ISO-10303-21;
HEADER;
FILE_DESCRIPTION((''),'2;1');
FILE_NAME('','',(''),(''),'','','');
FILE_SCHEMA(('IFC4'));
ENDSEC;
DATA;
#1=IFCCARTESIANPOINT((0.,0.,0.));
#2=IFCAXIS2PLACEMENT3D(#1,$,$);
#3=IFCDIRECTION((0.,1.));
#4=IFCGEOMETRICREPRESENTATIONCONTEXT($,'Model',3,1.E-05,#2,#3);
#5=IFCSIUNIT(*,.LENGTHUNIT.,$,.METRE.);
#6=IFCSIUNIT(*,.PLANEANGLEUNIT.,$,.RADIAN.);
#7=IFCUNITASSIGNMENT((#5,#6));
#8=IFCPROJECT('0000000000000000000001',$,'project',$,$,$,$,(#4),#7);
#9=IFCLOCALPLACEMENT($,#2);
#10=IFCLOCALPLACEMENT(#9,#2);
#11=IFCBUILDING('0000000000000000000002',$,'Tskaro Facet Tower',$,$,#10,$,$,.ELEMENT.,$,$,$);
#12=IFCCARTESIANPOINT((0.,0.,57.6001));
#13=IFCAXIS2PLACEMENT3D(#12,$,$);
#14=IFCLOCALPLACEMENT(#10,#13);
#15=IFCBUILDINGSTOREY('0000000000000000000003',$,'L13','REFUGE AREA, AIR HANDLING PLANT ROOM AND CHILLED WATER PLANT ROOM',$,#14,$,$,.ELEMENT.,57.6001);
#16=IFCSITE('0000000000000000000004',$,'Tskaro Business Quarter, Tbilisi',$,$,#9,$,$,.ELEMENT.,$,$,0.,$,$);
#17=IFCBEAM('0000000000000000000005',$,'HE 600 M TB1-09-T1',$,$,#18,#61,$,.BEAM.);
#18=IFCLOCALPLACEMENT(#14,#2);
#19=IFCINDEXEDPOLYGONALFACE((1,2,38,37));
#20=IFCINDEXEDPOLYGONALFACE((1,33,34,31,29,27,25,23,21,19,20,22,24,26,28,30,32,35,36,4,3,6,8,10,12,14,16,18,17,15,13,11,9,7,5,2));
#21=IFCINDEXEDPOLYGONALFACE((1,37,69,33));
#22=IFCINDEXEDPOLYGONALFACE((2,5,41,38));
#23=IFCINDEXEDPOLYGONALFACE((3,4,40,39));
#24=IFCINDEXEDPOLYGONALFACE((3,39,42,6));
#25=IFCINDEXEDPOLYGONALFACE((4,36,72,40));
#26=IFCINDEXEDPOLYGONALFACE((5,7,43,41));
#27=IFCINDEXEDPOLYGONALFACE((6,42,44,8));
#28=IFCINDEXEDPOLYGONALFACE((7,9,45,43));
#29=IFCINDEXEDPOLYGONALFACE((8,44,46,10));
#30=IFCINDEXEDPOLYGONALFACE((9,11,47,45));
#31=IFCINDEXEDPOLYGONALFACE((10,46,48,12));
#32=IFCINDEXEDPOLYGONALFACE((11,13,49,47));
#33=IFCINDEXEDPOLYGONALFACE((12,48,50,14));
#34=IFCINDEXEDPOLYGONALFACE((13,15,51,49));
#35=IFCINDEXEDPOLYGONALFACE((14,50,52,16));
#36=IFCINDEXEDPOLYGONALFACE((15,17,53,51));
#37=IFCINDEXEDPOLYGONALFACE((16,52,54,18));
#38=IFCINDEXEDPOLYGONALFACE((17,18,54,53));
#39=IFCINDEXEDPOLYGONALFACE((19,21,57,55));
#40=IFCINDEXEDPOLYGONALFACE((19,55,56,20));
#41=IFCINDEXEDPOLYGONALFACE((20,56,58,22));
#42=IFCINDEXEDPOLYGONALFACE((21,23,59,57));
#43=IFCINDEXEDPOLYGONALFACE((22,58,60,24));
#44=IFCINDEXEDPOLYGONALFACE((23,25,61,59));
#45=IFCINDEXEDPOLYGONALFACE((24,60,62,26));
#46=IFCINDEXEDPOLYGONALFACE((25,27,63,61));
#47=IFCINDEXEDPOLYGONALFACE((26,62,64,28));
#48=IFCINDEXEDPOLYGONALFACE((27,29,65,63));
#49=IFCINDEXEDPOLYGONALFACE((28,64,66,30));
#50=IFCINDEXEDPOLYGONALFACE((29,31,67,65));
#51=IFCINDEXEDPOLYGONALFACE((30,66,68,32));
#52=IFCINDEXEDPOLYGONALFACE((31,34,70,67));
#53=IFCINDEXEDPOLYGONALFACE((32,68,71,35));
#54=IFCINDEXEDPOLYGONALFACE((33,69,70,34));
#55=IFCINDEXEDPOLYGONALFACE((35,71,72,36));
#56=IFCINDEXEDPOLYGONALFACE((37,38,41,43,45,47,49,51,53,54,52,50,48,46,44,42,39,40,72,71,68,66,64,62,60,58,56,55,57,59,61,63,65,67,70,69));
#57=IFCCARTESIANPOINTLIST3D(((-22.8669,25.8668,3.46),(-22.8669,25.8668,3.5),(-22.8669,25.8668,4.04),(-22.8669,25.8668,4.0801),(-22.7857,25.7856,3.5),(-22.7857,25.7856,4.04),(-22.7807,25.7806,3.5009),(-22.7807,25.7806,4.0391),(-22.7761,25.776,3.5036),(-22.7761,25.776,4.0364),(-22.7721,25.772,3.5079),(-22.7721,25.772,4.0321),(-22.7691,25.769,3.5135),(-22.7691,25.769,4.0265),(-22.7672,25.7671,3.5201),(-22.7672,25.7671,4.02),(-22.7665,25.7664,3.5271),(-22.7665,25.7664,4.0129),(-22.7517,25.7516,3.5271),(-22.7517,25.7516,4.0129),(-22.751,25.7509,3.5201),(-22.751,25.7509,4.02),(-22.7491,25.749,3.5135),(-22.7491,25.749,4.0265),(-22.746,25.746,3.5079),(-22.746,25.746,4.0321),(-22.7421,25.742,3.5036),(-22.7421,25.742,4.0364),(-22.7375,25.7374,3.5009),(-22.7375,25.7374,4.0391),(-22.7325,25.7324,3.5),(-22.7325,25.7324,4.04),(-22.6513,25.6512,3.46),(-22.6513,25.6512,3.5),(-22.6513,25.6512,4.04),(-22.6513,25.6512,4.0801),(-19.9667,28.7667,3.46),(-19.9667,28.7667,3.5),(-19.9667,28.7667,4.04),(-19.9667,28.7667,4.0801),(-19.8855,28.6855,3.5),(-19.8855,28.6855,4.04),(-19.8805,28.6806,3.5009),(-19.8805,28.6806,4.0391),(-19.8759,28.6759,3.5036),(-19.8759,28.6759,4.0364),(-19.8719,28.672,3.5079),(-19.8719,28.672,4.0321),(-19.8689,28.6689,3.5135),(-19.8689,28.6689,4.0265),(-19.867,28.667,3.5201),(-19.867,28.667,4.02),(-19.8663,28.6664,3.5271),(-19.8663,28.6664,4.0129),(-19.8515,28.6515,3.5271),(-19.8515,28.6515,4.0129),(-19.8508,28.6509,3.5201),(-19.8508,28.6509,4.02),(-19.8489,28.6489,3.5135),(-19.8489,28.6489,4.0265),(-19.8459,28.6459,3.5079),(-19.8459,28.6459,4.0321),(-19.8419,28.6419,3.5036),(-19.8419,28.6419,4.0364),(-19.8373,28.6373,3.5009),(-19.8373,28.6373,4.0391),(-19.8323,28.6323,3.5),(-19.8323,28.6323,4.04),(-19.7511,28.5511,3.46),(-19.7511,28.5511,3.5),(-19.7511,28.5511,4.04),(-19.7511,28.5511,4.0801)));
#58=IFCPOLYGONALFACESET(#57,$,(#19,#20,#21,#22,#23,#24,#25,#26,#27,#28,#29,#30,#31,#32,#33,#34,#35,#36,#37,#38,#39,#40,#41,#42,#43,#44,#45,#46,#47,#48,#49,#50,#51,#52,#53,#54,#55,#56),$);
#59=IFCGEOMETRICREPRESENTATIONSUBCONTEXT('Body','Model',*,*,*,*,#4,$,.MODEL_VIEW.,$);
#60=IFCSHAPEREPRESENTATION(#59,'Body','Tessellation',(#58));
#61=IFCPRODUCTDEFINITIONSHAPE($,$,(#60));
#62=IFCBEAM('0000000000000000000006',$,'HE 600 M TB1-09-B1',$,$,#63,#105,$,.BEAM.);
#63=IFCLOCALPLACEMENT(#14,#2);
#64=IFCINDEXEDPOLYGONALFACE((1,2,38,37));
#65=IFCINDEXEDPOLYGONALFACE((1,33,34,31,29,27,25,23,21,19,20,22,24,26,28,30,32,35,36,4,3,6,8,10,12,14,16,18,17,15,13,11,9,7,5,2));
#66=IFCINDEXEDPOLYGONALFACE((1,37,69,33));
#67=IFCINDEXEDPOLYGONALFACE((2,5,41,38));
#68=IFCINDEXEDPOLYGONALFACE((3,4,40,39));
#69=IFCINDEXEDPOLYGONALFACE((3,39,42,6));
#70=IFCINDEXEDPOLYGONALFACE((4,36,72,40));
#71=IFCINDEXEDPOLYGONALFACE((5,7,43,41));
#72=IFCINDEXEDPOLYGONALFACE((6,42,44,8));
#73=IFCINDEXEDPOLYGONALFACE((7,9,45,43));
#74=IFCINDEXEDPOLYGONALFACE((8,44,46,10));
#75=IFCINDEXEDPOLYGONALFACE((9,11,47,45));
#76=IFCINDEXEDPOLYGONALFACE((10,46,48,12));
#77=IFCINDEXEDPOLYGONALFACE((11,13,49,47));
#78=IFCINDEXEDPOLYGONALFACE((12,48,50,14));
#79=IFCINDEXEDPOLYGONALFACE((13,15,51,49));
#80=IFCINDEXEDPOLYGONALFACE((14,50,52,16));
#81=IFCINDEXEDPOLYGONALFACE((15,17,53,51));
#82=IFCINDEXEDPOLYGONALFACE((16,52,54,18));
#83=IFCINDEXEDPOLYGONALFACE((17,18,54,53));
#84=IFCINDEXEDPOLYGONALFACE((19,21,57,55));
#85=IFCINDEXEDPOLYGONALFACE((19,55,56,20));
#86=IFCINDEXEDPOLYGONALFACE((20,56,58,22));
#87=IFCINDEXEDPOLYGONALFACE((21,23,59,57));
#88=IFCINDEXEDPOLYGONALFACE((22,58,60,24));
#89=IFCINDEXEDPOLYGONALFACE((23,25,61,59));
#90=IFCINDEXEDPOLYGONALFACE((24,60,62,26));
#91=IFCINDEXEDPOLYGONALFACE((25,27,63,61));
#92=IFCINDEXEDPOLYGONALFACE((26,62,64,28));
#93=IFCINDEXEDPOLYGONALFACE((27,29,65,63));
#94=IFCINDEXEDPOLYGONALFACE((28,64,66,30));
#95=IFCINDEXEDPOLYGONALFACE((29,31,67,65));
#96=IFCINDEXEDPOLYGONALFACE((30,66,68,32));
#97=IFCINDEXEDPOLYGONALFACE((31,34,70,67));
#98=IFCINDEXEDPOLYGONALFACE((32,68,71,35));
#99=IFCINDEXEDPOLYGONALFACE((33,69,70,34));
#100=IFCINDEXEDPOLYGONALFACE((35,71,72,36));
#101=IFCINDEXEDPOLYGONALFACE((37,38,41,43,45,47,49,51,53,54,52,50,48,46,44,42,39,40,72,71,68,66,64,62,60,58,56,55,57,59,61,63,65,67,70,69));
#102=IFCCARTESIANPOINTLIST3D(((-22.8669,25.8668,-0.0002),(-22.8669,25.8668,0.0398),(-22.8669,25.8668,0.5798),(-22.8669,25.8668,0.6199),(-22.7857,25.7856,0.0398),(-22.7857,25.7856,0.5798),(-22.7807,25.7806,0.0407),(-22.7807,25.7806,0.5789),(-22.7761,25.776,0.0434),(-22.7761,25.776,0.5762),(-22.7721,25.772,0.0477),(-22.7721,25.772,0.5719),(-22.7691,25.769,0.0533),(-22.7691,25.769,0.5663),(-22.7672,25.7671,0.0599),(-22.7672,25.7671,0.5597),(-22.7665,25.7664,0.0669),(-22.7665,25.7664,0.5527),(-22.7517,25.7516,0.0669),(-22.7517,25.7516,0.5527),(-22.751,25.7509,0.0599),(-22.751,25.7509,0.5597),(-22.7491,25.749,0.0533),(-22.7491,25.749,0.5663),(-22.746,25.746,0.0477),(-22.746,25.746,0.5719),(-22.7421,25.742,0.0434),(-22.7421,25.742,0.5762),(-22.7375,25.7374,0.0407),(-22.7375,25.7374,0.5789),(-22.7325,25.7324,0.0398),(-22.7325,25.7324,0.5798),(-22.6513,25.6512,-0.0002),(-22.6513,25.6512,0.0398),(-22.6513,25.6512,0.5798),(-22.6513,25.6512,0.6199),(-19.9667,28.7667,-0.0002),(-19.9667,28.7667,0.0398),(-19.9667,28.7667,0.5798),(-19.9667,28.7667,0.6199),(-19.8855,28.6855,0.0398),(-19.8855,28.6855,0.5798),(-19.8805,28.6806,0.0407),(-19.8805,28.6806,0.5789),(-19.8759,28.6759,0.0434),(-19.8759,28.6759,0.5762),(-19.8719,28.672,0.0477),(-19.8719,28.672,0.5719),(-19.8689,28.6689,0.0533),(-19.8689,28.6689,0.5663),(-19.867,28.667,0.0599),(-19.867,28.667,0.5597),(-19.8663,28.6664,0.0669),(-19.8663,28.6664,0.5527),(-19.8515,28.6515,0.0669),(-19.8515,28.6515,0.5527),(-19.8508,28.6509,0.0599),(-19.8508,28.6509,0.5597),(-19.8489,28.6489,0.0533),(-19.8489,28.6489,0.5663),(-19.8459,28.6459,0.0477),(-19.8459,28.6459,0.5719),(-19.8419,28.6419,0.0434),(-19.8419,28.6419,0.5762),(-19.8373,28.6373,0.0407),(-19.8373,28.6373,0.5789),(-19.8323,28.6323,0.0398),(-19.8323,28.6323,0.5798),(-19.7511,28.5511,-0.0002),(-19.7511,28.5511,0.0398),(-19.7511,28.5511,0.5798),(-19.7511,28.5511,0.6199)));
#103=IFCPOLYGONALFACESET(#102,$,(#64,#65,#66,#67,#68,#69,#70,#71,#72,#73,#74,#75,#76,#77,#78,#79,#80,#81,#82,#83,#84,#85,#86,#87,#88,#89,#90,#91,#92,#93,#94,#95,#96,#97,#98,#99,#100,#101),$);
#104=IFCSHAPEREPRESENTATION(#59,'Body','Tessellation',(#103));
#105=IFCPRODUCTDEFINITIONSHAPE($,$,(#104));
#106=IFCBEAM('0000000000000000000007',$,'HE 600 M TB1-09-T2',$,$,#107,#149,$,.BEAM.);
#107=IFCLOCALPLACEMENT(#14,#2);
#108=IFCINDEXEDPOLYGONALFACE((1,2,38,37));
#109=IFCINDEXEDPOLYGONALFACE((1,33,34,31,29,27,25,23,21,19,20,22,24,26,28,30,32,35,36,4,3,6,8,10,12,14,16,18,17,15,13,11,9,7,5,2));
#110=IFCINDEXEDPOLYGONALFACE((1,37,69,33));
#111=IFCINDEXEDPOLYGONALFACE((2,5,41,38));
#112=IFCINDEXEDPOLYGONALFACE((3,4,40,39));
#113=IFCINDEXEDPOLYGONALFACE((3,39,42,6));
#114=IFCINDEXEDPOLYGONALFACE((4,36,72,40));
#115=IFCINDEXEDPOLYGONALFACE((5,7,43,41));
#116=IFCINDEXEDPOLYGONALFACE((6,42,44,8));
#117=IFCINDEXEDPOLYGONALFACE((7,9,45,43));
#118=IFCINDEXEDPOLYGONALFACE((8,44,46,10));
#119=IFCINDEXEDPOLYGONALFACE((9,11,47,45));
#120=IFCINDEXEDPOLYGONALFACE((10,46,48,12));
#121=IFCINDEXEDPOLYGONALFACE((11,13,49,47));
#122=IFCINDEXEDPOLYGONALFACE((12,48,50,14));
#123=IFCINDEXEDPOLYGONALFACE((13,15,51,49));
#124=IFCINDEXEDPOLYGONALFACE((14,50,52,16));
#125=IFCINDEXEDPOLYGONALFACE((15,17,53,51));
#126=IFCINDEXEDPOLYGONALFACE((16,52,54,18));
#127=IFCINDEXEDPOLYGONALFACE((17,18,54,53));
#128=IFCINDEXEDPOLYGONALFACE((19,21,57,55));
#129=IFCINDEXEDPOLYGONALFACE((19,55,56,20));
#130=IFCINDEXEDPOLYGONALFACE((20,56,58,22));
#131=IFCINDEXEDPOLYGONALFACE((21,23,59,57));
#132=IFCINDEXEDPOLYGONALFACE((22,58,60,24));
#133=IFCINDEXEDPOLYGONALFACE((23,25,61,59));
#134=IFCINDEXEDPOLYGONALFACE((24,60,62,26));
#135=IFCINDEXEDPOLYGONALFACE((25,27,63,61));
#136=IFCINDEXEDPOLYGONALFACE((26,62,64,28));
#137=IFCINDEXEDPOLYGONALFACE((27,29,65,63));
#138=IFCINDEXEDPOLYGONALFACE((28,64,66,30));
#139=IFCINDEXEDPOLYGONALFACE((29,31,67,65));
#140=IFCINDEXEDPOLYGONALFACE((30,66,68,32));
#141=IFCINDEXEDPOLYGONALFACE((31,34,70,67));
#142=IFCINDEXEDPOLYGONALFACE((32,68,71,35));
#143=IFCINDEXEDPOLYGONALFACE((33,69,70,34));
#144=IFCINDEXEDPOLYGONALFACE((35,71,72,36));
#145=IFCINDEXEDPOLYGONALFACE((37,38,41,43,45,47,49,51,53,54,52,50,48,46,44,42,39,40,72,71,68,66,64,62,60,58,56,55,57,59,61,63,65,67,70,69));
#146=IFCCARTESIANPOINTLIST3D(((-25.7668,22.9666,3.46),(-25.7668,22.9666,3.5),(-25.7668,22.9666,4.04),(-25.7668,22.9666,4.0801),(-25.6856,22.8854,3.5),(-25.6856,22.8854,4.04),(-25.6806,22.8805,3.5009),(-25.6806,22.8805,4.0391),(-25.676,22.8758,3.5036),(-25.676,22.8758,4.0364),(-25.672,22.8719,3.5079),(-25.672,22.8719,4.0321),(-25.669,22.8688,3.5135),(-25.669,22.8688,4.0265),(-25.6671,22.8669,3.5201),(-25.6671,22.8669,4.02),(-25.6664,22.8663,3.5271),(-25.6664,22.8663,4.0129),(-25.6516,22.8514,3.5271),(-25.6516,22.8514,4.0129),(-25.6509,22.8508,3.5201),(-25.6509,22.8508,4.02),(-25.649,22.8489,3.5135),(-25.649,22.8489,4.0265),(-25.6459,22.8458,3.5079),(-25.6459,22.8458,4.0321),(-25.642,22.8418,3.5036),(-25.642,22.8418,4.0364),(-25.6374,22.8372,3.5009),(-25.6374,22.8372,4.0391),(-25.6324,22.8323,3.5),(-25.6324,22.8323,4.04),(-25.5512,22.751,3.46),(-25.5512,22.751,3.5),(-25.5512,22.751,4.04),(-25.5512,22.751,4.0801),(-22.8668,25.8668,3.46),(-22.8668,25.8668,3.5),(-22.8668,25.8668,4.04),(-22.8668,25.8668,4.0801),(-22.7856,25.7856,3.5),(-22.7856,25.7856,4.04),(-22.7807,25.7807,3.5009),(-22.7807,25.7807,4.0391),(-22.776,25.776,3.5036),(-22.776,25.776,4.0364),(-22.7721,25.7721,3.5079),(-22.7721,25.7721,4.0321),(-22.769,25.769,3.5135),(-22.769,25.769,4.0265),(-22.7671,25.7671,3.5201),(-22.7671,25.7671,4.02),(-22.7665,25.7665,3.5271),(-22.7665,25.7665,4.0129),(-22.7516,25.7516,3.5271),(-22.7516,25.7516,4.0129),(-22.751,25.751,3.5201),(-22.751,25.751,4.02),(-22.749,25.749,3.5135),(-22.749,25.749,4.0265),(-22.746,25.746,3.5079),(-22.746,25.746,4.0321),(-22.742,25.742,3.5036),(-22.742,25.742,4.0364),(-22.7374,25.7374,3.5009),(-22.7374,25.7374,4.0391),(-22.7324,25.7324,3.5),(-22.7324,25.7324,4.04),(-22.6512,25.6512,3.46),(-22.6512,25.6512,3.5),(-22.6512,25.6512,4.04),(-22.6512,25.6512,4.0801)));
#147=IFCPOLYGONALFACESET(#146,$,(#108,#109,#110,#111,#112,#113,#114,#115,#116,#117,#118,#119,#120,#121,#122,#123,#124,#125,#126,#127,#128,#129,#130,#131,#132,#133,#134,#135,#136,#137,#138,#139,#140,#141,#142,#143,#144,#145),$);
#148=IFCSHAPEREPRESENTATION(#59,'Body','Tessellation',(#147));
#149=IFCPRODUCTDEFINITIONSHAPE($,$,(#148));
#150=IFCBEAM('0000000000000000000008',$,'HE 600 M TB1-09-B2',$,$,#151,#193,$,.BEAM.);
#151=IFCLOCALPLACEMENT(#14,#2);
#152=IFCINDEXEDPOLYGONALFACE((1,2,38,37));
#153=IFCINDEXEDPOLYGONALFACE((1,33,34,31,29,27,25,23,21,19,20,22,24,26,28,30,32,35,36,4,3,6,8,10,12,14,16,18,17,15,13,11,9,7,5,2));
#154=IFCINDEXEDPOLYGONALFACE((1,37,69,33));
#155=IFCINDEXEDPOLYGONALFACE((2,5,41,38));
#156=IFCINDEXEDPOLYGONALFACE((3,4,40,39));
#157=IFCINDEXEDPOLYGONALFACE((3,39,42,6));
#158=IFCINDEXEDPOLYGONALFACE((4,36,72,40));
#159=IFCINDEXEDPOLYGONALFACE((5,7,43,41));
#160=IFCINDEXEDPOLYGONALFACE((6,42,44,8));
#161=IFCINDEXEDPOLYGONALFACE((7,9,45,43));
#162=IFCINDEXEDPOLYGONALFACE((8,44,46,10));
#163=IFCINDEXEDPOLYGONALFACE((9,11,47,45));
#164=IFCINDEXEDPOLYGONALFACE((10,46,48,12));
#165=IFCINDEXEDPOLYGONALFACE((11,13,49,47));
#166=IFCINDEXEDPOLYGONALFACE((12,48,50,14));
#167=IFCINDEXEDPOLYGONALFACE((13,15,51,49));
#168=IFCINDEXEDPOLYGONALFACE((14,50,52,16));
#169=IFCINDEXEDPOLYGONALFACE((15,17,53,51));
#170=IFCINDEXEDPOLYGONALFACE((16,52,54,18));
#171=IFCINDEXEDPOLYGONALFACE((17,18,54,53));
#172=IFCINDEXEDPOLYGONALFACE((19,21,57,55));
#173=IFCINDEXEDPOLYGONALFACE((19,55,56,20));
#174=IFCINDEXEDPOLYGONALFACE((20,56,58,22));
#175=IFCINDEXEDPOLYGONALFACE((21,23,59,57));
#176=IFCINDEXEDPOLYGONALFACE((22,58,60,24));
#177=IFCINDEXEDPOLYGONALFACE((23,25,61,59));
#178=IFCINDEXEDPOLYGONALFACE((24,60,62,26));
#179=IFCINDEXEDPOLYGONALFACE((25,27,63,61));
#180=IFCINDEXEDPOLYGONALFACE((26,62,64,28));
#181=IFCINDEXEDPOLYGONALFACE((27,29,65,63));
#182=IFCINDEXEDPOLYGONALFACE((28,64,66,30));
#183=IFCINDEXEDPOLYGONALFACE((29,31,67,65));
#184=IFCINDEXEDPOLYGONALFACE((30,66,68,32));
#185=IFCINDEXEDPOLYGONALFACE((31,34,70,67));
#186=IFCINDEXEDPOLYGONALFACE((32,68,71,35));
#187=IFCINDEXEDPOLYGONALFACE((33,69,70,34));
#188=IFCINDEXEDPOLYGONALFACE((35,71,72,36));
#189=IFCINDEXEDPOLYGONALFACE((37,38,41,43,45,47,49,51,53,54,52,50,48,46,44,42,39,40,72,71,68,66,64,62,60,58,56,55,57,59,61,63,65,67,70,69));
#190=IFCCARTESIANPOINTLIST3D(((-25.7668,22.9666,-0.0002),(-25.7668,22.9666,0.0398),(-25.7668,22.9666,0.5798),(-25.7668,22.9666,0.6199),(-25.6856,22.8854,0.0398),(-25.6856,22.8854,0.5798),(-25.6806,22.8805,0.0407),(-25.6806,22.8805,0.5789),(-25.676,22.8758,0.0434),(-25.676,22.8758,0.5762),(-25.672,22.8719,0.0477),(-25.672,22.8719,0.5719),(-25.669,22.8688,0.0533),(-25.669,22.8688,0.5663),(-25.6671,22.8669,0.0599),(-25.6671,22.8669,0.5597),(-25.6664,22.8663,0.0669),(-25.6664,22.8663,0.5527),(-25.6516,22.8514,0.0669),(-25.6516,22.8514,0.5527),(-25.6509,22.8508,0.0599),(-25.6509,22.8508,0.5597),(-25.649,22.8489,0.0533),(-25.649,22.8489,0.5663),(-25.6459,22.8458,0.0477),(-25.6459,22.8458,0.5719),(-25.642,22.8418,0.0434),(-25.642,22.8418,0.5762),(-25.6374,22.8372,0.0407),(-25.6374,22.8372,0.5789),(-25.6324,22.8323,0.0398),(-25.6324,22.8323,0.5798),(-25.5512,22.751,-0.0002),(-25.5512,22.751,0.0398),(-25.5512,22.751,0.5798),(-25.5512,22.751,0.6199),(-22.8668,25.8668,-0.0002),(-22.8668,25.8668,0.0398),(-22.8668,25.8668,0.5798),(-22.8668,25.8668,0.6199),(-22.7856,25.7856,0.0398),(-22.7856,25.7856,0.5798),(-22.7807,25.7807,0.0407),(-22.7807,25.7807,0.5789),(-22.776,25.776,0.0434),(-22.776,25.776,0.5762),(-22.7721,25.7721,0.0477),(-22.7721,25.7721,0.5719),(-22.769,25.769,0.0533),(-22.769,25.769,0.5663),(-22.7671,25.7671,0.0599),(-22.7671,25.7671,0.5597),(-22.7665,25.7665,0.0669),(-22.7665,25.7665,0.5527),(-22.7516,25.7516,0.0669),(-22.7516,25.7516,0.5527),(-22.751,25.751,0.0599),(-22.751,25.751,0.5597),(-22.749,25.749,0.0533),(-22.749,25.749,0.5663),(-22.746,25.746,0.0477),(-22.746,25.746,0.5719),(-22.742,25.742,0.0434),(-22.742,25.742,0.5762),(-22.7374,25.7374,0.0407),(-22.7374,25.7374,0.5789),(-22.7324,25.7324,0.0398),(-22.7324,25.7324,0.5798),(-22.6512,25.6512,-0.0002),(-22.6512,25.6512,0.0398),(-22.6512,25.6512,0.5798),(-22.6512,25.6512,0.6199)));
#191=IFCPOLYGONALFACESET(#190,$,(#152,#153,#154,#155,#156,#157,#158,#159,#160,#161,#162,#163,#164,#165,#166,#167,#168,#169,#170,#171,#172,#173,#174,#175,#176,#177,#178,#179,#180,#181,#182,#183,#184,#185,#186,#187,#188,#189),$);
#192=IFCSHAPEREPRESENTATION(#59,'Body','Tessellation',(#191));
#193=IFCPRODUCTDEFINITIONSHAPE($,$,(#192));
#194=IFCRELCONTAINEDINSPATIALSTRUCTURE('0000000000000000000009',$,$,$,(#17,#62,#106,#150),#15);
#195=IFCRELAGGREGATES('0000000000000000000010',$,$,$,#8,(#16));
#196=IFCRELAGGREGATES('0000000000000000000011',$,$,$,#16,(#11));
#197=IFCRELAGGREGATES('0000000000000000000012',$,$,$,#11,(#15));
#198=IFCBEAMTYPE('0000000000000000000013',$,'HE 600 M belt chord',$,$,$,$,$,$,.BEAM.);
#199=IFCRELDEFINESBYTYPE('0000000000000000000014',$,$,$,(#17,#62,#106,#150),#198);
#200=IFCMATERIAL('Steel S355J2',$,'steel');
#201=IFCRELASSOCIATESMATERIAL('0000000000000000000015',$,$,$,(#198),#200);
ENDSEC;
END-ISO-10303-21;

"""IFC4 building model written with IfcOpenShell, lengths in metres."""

from ifc_helpers import new_model, si_unit, direction, frame, origin, origin_2d, place, context, subcontext, project, spatial, i_section, extrude, material, material_profile, profile_set, type_object, element, save


model = new_model("IFC4")

# Units and contexts
model_context = context("Model", 3, precision=1e-05, world=origin(), true_north=direction((0.0, 1.0)))
body_context = subcontext(model_context, "Body", "Model", "MODEL_VIEW")
ifc_project = project(units=[si_unit("LENGTHUNIT", "METRE"), si_unit("PLANEANGLEUNIT", "RADIAN")], contexts=[model_context])

# Site, building, storey
site_placement = place(None, origin())
site = spatial("IfcSite", under=ifc_project, at=site_placement, Name="Tskaro Business Quarter, Tbilisi", CompositionType="ELEMENT", RefElevation=0.0)
building_placement = place(site_placement, origin())
building = spatial("IfcBuilding", under=site, at=building_placement, Name="Tskaro Facet Tower", CompositionType="ELEMENT")
storey_placement = place(building_placement, frame((0.0, 0.0, 57.6001)))
storey = spatial("IfcBuildingStorey", under=building, at=storey_placement, Name="L13", Description="REFUGE AREA, AIR HANDLING PLANT ROOM AND CHILLED WATER PLANT ROOM", CompositionType="ELEMENT", Elevation=57.6001)

# Shared definitions
ifc_material_1 = material(Name="Steel S355J2", Category="steel")

# Beams
ifc_material_profile_1 = material_profile(ifc_material_1, i_section(OverallWidth=0.3049, OverallDepth=0.6201, WebThickness=0.021, FlangeThickness=0.04, FilletRadius=0.0271, at=origin_2d()), Name="HE 600 M")
ifc_profile_set_1 = profile_set([ifc_material_profile_1], Name="Steel S355J2")
beam_type_1 = type_object("IfcBeamType", Name="HE 600 M belt chord", PredefinedType="BEAM", material=ifc_profile_set_1)
for number, where, z_axis, x_axis, name in (
    (1, (-19.8589, 28.6589, 3.77), (-0.707137, -0.707077, 0.0), (0.707077, -0.707137, 0.0), "HE 600 M TB1-09-T1"),
    (2, (-19.8589, 28.6589, 0.3098), (-0.707137, -0.707077, 0.0), (0.707077, -0.707137, 0.0), "HE 600 M TB1-09-B1"),
    (3, (-22.759, 25.759, 3.77), (-0.707077, -0.707137, 0.0), (0.707137, -0.707077, 0.0), "HE 600 M TB1-09-T2"),
    (4, (-22.759, 25.759, 0.3098), (-0.707077, -0.707137, 0.0), (0.707137, -0.707077, 0.0), "HE 600 M TB1-09-B2"),
):
    element("IfcBeam", number, at=place(storey_placement, frame(where, z_axis=z_axis, x_axis=x_axis)), inside=storey, type_object=beam_type_1, Name=name, PredefinedType="BEAM", context=body_context, shape_type="SweptSolid", body=[
        extrude(i_section(OverallWidth=0.3049, OverallDepth=0.6201, WebThickness=0.021, FlangeThickness=0.04, FilletRadius=0.0271, at=origin_2d()), origin(), (0.0, 0.0, 1.0), 4.1013),
    ])

save(model, "model.ifc")
